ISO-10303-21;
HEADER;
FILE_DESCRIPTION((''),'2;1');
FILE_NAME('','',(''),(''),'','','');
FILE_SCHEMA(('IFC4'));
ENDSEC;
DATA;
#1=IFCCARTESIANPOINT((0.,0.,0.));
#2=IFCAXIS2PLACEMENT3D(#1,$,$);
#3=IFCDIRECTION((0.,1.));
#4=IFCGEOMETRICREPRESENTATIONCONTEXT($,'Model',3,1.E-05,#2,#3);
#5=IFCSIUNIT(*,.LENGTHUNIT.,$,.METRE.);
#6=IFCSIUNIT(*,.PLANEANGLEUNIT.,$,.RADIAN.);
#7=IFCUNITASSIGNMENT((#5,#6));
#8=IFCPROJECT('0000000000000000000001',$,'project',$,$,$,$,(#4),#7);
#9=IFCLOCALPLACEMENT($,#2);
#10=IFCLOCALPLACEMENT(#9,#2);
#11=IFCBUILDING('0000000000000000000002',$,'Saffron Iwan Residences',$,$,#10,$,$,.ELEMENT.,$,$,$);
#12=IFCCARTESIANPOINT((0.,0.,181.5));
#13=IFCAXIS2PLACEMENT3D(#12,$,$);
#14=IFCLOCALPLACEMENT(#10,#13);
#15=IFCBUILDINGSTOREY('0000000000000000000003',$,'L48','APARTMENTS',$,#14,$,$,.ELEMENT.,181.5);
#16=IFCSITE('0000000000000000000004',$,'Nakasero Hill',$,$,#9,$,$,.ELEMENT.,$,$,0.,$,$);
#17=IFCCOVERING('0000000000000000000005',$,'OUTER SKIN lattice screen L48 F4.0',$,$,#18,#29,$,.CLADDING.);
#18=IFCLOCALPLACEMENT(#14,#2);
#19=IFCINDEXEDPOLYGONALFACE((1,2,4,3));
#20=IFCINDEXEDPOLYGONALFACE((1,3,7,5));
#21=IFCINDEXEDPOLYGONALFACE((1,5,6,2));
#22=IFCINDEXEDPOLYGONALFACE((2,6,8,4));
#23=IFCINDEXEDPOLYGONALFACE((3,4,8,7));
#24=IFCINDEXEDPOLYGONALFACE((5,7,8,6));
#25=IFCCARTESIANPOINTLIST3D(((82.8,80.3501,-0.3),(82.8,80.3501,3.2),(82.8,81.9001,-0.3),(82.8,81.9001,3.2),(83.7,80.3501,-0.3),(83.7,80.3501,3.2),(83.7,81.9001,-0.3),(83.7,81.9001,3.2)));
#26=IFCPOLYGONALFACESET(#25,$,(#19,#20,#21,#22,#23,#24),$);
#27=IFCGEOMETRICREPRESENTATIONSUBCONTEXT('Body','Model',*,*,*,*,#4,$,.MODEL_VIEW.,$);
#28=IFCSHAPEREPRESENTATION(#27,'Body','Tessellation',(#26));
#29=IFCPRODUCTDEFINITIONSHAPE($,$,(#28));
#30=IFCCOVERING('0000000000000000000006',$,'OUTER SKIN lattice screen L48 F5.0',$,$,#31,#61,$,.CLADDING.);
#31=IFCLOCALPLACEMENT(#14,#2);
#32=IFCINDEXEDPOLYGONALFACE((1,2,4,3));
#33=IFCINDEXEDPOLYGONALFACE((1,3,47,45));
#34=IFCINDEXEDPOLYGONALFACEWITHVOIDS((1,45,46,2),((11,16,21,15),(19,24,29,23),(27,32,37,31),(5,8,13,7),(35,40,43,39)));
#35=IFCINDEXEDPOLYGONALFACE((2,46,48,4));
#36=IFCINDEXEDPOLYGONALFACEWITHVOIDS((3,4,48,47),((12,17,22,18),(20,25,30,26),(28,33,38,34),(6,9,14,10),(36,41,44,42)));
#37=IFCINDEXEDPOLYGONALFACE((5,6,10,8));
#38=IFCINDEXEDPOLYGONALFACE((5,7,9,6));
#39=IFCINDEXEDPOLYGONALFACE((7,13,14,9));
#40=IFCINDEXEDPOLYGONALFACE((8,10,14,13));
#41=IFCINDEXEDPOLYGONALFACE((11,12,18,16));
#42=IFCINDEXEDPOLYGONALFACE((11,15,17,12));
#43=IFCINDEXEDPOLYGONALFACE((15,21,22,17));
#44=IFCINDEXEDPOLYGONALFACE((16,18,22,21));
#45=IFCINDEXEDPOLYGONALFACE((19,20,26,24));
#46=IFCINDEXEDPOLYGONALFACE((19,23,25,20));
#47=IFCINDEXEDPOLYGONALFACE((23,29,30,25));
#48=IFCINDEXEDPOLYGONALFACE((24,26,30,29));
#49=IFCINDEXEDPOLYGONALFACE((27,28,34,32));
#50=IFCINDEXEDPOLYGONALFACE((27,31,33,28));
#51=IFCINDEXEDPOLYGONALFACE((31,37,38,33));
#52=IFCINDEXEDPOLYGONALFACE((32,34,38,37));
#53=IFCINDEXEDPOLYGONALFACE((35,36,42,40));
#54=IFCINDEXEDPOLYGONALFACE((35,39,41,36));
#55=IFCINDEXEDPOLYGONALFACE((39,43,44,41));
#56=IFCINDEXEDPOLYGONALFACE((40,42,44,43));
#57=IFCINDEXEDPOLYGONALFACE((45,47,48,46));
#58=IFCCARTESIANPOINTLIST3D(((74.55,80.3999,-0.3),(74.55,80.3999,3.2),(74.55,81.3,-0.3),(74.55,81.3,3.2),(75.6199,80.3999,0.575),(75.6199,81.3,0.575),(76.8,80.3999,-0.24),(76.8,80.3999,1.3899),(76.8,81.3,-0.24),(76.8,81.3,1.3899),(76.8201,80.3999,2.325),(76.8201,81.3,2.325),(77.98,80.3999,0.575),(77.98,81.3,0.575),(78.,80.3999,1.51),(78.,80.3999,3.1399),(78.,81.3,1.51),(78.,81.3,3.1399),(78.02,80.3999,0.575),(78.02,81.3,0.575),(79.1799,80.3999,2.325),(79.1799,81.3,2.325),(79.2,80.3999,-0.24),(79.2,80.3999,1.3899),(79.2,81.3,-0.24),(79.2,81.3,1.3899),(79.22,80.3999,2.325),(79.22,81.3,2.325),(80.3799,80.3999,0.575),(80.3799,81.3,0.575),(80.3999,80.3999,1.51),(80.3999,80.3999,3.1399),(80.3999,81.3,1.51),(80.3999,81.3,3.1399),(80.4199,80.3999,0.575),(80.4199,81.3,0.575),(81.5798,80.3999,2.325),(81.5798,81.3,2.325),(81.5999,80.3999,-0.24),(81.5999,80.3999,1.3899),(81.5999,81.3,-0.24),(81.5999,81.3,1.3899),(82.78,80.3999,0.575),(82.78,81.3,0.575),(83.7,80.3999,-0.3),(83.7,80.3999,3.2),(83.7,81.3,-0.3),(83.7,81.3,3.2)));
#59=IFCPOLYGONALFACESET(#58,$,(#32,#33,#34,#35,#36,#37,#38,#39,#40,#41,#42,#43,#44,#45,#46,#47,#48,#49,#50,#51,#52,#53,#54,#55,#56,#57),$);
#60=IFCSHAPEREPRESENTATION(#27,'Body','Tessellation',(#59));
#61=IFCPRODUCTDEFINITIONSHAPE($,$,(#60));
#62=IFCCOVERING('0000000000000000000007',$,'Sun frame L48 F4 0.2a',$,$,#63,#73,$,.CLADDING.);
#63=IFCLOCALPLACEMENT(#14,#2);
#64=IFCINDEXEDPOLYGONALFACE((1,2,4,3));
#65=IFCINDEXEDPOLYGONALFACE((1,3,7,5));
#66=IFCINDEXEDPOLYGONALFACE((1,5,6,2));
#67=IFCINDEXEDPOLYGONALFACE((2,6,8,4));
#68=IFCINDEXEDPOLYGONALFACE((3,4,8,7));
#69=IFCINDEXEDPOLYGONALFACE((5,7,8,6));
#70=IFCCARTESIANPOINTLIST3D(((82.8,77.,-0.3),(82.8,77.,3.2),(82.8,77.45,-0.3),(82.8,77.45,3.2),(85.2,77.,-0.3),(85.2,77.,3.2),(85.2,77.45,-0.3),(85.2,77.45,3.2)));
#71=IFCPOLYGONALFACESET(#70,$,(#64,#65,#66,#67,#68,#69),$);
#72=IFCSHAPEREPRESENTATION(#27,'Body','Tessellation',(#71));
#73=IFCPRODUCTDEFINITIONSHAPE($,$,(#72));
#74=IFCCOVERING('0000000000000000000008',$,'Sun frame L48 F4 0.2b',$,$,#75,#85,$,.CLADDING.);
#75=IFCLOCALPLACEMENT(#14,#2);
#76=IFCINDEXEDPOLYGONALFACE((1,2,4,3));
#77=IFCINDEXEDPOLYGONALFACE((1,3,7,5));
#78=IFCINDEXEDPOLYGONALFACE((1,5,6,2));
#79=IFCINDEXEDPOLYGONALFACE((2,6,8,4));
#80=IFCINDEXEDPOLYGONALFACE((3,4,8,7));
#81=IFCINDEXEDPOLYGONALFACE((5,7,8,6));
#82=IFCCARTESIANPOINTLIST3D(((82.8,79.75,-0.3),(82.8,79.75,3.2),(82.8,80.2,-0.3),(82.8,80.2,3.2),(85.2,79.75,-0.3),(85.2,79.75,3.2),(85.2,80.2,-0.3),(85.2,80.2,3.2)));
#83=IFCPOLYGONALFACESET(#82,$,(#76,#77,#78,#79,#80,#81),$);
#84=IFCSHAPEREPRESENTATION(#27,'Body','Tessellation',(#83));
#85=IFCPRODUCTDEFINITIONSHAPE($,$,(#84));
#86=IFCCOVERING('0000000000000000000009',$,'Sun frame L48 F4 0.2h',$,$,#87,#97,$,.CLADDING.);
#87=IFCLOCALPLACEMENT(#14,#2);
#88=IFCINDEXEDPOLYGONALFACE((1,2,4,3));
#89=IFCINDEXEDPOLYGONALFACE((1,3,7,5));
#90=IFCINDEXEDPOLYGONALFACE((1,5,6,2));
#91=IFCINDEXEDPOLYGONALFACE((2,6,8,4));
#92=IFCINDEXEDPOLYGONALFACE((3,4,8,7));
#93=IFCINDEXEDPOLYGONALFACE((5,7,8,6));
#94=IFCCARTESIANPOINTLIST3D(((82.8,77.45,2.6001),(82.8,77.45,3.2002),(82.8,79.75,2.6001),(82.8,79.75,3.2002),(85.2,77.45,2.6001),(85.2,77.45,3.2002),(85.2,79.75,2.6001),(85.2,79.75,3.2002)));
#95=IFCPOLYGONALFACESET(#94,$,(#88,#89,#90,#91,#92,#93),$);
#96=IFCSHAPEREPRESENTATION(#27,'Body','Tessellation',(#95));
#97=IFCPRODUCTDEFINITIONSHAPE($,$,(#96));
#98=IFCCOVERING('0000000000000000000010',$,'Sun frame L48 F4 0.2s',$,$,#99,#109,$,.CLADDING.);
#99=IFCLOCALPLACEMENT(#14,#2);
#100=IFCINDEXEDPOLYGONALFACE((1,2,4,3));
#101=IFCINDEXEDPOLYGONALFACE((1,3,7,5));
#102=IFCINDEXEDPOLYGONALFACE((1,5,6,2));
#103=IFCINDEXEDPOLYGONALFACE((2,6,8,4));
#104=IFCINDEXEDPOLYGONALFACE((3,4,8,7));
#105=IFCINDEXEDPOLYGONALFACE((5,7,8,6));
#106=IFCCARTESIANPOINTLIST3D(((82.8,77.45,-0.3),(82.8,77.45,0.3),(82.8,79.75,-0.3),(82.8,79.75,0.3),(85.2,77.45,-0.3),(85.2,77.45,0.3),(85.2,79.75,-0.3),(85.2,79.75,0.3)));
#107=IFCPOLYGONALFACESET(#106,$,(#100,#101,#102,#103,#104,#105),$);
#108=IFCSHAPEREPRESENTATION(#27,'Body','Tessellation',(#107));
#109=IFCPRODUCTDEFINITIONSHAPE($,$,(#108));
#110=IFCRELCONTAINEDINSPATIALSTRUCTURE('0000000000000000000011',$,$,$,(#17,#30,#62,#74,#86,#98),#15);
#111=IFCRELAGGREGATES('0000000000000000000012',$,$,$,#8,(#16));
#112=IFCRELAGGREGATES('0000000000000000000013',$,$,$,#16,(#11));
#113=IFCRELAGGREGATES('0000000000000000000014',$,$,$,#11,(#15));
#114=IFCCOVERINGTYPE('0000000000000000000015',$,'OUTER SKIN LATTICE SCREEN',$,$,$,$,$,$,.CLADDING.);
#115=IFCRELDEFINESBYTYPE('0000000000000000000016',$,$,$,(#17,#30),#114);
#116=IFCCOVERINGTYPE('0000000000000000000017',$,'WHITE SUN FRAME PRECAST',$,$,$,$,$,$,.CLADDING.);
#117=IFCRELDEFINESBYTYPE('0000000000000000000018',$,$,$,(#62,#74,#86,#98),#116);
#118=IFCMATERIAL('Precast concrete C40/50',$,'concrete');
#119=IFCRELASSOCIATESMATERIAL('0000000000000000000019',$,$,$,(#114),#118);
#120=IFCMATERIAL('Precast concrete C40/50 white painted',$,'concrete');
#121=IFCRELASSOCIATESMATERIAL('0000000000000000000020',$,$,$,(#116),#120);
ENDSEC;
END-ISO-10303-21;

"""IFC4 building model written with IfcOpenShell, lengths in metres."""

from ifc_helpers import new_model, si_unit, direction, frame, origin, place, context, subcontext, project, spatial, polyline, outline, extrude, material, type_object, element, save


model = new_model("IFC4")

# Units and contexts
model_context = context("Model", 3, precision=1e-05, world=origin(), true_north=direction((0.0, 1.0)))
body_context = subcontext(model_context, "Body", "Model", "MODEL_VIEW")
ifc_project = project(units=[si_unit("LENGTHUNIT", "METRE"), si_unit("PLANEANGLEUNIT", "RADIAN")], contexts=[model_context])

# Site, building, storey
site_placement = place(None, origin())
site = spatial("IfcSite", under=ifc_project, at=site_placement, Name="Nakasero Hill", CompositionType="ELEMENT", RefElevation=0.0)
building_placement = place(site_placement, origin())
building = spatial("IfcBuilding", under=site, at=building_placement, Name="Saffron Iwan Residences", CompositionType="ELEMENT")
storey_placement = place(building_placement, frame((0.0, 0.0, 181.5)))
storey = spatial("IfcBuildingStorey", under=building, at=storey_placement, Name="L48", Description="APARTMENTS", CompositionType="ELEMENT", Elevation=181.5)

# Coverings
ifc_material_1 = material(Name="Precast concrete C40/50", Category="concrete")
covering_type_1 = type_object("IfcCoveringType", Name="OUTER SKIN LATTICE SCREEN", PredefinedType="CLADDING", material=ifc_material_1)
covering_1_placement = place(storey_placement, frame((82.8, 80.3501, -0.3), z_axis=(1.0, 0.0, 0.0), x_axis=(0.0, 1.0, 0.0)))
element("IfcCovering", 1, at=covering_1_placement, inside=storey, type_object=covering_type_1, Name="OUTER SKIN lattice screen L48 F4.0", PredefinedType="CLADDING", context=body_context, shape_type="SweptSolid", body=[
    extrude(outline(polyline([(0.0, 0.0), (1.55, 0.0), (1.55, 3.5), (0.0, 3.5), (0.0, 0.0)])), origin(), (0.0, 0.0, 1.0), 0.8999),
])
covering_2_placement = place(storey_placement, frame((83.7, 80.3999, -0.3), z_axis=(0.0, 1.0, 0.0), x_axis=(-1.0, 0.0, 0.0)))
element("IfcCovering", 2, at=covering_2_placement, inside=storey, type_object=covering_type_1, Name="OUTER SKIN lattice screen L48 F5.0", PredefinedType="CLADDING", context=body_context, shape_type="SweptSolid", body=[
    extrude(outline(polyline([(0.0, 0.0), (9.1499, 0.0), (9.1499, 3.5), (0.0, 3.5), (0.0, 0.0)]), holes=[polyline([(0.9199, 0.875), (2.1001, 0.0601), (3.28, 0.875), (2.1001, 1.6899), (0.9199, 0.875)]), polyline([(3.3201, 0.875), (4.5, 0.0601), (5.6799, 0.875), (4.5, 1.6899), (3.3201, 0.875)]), polyline([(5.72, 0.875), (6.8999, 0.0601), (8.0801, 0.875), (6.8999, 1.6899), (5.72, 0.875)]), polyline([(2.1201, 2.625), (3.3, 1.8101), (4.48, 2.625), (3.3, 3.4399), (2.1201, 2.625)]), polyline([(4.52, 2.625), (5.7, 1.8101), (6.8799, 2.625), (5.7, 3.4399), (4.52, 2.625)])]), origin(), (0.0, 0.0, 1.0), 0.9001),
])
ifc_material_2 = material(Name="Precast concrete C40/50 white painted", Category="concrete")
covering_type_2 = type_object("IfcCoveringType", Name="WHITE SUN FRAME PRECAST", PredefinedType="CLADDING", material=ifc_material_2)
for number, where, z_axis, x_axis, name in (
    (3, (82.8, 77.0, -0.3), (1.0, 0.0, 0.0), (0.0, 1.0, 0.0), "Sun frame L48 F4 0.2a"),
    (4, (82.8, 79.75, -0.3), (1.0, 0.0, 0.0), (0.0, 1.0, 0.0), "Sun frame L48 F4 0.2b"),
):
    element("IfcCovering", number, at=place(storey_placement, frame(where, z_axis=z_axis, x_axis=x_axis)), inside=storey, type_object=covering_type_2, Name=name, PredefinedType="CLADDING", context=body_context, shape_type="SweptSolid", body=[
        extrude(outline(polyline([(0.0, 0.0), (0.45, 0.0), (0.45, 3.5), (0.0, 3.5), (0.0, 0.0)])), origin(), (0.0, 0.0, 1.0), 2.3999),
    ])
for number, where, z_axis, x_axis, name in (
    (5, (82.8, 77.45, 2.6001), (1.0, 0.0, 0.0), (0.0, 1.0, 0.0), "Sun frame L48 F4 0.2h"),
    (6, (82.8, 77.45, -0.3), (1.0, 0.0, 0.0), (0.0, 1.0, 0.0), "Sun frame L48 F4 0.2s"),
):
    element("IfcCovering", number, at=place(storey_placement, frame(where, z_axis=z_axis, x_axis=x_axis)), inside=storey, type_object=covering_type_2, Name=name, PredefinedType="CLADDING", context=body_context, shape_type="SweptSolid", body=[
        extrude(outline(polyline([(0.0, 0.0), (2.3, 0.0), (2.3, 0.6001), (0.0, 0.6001), (0.0, 0.0)])), origin(), (0.0, 0.0, 1.0), 2.3999),
    ])

save(model, "model.ifc")
